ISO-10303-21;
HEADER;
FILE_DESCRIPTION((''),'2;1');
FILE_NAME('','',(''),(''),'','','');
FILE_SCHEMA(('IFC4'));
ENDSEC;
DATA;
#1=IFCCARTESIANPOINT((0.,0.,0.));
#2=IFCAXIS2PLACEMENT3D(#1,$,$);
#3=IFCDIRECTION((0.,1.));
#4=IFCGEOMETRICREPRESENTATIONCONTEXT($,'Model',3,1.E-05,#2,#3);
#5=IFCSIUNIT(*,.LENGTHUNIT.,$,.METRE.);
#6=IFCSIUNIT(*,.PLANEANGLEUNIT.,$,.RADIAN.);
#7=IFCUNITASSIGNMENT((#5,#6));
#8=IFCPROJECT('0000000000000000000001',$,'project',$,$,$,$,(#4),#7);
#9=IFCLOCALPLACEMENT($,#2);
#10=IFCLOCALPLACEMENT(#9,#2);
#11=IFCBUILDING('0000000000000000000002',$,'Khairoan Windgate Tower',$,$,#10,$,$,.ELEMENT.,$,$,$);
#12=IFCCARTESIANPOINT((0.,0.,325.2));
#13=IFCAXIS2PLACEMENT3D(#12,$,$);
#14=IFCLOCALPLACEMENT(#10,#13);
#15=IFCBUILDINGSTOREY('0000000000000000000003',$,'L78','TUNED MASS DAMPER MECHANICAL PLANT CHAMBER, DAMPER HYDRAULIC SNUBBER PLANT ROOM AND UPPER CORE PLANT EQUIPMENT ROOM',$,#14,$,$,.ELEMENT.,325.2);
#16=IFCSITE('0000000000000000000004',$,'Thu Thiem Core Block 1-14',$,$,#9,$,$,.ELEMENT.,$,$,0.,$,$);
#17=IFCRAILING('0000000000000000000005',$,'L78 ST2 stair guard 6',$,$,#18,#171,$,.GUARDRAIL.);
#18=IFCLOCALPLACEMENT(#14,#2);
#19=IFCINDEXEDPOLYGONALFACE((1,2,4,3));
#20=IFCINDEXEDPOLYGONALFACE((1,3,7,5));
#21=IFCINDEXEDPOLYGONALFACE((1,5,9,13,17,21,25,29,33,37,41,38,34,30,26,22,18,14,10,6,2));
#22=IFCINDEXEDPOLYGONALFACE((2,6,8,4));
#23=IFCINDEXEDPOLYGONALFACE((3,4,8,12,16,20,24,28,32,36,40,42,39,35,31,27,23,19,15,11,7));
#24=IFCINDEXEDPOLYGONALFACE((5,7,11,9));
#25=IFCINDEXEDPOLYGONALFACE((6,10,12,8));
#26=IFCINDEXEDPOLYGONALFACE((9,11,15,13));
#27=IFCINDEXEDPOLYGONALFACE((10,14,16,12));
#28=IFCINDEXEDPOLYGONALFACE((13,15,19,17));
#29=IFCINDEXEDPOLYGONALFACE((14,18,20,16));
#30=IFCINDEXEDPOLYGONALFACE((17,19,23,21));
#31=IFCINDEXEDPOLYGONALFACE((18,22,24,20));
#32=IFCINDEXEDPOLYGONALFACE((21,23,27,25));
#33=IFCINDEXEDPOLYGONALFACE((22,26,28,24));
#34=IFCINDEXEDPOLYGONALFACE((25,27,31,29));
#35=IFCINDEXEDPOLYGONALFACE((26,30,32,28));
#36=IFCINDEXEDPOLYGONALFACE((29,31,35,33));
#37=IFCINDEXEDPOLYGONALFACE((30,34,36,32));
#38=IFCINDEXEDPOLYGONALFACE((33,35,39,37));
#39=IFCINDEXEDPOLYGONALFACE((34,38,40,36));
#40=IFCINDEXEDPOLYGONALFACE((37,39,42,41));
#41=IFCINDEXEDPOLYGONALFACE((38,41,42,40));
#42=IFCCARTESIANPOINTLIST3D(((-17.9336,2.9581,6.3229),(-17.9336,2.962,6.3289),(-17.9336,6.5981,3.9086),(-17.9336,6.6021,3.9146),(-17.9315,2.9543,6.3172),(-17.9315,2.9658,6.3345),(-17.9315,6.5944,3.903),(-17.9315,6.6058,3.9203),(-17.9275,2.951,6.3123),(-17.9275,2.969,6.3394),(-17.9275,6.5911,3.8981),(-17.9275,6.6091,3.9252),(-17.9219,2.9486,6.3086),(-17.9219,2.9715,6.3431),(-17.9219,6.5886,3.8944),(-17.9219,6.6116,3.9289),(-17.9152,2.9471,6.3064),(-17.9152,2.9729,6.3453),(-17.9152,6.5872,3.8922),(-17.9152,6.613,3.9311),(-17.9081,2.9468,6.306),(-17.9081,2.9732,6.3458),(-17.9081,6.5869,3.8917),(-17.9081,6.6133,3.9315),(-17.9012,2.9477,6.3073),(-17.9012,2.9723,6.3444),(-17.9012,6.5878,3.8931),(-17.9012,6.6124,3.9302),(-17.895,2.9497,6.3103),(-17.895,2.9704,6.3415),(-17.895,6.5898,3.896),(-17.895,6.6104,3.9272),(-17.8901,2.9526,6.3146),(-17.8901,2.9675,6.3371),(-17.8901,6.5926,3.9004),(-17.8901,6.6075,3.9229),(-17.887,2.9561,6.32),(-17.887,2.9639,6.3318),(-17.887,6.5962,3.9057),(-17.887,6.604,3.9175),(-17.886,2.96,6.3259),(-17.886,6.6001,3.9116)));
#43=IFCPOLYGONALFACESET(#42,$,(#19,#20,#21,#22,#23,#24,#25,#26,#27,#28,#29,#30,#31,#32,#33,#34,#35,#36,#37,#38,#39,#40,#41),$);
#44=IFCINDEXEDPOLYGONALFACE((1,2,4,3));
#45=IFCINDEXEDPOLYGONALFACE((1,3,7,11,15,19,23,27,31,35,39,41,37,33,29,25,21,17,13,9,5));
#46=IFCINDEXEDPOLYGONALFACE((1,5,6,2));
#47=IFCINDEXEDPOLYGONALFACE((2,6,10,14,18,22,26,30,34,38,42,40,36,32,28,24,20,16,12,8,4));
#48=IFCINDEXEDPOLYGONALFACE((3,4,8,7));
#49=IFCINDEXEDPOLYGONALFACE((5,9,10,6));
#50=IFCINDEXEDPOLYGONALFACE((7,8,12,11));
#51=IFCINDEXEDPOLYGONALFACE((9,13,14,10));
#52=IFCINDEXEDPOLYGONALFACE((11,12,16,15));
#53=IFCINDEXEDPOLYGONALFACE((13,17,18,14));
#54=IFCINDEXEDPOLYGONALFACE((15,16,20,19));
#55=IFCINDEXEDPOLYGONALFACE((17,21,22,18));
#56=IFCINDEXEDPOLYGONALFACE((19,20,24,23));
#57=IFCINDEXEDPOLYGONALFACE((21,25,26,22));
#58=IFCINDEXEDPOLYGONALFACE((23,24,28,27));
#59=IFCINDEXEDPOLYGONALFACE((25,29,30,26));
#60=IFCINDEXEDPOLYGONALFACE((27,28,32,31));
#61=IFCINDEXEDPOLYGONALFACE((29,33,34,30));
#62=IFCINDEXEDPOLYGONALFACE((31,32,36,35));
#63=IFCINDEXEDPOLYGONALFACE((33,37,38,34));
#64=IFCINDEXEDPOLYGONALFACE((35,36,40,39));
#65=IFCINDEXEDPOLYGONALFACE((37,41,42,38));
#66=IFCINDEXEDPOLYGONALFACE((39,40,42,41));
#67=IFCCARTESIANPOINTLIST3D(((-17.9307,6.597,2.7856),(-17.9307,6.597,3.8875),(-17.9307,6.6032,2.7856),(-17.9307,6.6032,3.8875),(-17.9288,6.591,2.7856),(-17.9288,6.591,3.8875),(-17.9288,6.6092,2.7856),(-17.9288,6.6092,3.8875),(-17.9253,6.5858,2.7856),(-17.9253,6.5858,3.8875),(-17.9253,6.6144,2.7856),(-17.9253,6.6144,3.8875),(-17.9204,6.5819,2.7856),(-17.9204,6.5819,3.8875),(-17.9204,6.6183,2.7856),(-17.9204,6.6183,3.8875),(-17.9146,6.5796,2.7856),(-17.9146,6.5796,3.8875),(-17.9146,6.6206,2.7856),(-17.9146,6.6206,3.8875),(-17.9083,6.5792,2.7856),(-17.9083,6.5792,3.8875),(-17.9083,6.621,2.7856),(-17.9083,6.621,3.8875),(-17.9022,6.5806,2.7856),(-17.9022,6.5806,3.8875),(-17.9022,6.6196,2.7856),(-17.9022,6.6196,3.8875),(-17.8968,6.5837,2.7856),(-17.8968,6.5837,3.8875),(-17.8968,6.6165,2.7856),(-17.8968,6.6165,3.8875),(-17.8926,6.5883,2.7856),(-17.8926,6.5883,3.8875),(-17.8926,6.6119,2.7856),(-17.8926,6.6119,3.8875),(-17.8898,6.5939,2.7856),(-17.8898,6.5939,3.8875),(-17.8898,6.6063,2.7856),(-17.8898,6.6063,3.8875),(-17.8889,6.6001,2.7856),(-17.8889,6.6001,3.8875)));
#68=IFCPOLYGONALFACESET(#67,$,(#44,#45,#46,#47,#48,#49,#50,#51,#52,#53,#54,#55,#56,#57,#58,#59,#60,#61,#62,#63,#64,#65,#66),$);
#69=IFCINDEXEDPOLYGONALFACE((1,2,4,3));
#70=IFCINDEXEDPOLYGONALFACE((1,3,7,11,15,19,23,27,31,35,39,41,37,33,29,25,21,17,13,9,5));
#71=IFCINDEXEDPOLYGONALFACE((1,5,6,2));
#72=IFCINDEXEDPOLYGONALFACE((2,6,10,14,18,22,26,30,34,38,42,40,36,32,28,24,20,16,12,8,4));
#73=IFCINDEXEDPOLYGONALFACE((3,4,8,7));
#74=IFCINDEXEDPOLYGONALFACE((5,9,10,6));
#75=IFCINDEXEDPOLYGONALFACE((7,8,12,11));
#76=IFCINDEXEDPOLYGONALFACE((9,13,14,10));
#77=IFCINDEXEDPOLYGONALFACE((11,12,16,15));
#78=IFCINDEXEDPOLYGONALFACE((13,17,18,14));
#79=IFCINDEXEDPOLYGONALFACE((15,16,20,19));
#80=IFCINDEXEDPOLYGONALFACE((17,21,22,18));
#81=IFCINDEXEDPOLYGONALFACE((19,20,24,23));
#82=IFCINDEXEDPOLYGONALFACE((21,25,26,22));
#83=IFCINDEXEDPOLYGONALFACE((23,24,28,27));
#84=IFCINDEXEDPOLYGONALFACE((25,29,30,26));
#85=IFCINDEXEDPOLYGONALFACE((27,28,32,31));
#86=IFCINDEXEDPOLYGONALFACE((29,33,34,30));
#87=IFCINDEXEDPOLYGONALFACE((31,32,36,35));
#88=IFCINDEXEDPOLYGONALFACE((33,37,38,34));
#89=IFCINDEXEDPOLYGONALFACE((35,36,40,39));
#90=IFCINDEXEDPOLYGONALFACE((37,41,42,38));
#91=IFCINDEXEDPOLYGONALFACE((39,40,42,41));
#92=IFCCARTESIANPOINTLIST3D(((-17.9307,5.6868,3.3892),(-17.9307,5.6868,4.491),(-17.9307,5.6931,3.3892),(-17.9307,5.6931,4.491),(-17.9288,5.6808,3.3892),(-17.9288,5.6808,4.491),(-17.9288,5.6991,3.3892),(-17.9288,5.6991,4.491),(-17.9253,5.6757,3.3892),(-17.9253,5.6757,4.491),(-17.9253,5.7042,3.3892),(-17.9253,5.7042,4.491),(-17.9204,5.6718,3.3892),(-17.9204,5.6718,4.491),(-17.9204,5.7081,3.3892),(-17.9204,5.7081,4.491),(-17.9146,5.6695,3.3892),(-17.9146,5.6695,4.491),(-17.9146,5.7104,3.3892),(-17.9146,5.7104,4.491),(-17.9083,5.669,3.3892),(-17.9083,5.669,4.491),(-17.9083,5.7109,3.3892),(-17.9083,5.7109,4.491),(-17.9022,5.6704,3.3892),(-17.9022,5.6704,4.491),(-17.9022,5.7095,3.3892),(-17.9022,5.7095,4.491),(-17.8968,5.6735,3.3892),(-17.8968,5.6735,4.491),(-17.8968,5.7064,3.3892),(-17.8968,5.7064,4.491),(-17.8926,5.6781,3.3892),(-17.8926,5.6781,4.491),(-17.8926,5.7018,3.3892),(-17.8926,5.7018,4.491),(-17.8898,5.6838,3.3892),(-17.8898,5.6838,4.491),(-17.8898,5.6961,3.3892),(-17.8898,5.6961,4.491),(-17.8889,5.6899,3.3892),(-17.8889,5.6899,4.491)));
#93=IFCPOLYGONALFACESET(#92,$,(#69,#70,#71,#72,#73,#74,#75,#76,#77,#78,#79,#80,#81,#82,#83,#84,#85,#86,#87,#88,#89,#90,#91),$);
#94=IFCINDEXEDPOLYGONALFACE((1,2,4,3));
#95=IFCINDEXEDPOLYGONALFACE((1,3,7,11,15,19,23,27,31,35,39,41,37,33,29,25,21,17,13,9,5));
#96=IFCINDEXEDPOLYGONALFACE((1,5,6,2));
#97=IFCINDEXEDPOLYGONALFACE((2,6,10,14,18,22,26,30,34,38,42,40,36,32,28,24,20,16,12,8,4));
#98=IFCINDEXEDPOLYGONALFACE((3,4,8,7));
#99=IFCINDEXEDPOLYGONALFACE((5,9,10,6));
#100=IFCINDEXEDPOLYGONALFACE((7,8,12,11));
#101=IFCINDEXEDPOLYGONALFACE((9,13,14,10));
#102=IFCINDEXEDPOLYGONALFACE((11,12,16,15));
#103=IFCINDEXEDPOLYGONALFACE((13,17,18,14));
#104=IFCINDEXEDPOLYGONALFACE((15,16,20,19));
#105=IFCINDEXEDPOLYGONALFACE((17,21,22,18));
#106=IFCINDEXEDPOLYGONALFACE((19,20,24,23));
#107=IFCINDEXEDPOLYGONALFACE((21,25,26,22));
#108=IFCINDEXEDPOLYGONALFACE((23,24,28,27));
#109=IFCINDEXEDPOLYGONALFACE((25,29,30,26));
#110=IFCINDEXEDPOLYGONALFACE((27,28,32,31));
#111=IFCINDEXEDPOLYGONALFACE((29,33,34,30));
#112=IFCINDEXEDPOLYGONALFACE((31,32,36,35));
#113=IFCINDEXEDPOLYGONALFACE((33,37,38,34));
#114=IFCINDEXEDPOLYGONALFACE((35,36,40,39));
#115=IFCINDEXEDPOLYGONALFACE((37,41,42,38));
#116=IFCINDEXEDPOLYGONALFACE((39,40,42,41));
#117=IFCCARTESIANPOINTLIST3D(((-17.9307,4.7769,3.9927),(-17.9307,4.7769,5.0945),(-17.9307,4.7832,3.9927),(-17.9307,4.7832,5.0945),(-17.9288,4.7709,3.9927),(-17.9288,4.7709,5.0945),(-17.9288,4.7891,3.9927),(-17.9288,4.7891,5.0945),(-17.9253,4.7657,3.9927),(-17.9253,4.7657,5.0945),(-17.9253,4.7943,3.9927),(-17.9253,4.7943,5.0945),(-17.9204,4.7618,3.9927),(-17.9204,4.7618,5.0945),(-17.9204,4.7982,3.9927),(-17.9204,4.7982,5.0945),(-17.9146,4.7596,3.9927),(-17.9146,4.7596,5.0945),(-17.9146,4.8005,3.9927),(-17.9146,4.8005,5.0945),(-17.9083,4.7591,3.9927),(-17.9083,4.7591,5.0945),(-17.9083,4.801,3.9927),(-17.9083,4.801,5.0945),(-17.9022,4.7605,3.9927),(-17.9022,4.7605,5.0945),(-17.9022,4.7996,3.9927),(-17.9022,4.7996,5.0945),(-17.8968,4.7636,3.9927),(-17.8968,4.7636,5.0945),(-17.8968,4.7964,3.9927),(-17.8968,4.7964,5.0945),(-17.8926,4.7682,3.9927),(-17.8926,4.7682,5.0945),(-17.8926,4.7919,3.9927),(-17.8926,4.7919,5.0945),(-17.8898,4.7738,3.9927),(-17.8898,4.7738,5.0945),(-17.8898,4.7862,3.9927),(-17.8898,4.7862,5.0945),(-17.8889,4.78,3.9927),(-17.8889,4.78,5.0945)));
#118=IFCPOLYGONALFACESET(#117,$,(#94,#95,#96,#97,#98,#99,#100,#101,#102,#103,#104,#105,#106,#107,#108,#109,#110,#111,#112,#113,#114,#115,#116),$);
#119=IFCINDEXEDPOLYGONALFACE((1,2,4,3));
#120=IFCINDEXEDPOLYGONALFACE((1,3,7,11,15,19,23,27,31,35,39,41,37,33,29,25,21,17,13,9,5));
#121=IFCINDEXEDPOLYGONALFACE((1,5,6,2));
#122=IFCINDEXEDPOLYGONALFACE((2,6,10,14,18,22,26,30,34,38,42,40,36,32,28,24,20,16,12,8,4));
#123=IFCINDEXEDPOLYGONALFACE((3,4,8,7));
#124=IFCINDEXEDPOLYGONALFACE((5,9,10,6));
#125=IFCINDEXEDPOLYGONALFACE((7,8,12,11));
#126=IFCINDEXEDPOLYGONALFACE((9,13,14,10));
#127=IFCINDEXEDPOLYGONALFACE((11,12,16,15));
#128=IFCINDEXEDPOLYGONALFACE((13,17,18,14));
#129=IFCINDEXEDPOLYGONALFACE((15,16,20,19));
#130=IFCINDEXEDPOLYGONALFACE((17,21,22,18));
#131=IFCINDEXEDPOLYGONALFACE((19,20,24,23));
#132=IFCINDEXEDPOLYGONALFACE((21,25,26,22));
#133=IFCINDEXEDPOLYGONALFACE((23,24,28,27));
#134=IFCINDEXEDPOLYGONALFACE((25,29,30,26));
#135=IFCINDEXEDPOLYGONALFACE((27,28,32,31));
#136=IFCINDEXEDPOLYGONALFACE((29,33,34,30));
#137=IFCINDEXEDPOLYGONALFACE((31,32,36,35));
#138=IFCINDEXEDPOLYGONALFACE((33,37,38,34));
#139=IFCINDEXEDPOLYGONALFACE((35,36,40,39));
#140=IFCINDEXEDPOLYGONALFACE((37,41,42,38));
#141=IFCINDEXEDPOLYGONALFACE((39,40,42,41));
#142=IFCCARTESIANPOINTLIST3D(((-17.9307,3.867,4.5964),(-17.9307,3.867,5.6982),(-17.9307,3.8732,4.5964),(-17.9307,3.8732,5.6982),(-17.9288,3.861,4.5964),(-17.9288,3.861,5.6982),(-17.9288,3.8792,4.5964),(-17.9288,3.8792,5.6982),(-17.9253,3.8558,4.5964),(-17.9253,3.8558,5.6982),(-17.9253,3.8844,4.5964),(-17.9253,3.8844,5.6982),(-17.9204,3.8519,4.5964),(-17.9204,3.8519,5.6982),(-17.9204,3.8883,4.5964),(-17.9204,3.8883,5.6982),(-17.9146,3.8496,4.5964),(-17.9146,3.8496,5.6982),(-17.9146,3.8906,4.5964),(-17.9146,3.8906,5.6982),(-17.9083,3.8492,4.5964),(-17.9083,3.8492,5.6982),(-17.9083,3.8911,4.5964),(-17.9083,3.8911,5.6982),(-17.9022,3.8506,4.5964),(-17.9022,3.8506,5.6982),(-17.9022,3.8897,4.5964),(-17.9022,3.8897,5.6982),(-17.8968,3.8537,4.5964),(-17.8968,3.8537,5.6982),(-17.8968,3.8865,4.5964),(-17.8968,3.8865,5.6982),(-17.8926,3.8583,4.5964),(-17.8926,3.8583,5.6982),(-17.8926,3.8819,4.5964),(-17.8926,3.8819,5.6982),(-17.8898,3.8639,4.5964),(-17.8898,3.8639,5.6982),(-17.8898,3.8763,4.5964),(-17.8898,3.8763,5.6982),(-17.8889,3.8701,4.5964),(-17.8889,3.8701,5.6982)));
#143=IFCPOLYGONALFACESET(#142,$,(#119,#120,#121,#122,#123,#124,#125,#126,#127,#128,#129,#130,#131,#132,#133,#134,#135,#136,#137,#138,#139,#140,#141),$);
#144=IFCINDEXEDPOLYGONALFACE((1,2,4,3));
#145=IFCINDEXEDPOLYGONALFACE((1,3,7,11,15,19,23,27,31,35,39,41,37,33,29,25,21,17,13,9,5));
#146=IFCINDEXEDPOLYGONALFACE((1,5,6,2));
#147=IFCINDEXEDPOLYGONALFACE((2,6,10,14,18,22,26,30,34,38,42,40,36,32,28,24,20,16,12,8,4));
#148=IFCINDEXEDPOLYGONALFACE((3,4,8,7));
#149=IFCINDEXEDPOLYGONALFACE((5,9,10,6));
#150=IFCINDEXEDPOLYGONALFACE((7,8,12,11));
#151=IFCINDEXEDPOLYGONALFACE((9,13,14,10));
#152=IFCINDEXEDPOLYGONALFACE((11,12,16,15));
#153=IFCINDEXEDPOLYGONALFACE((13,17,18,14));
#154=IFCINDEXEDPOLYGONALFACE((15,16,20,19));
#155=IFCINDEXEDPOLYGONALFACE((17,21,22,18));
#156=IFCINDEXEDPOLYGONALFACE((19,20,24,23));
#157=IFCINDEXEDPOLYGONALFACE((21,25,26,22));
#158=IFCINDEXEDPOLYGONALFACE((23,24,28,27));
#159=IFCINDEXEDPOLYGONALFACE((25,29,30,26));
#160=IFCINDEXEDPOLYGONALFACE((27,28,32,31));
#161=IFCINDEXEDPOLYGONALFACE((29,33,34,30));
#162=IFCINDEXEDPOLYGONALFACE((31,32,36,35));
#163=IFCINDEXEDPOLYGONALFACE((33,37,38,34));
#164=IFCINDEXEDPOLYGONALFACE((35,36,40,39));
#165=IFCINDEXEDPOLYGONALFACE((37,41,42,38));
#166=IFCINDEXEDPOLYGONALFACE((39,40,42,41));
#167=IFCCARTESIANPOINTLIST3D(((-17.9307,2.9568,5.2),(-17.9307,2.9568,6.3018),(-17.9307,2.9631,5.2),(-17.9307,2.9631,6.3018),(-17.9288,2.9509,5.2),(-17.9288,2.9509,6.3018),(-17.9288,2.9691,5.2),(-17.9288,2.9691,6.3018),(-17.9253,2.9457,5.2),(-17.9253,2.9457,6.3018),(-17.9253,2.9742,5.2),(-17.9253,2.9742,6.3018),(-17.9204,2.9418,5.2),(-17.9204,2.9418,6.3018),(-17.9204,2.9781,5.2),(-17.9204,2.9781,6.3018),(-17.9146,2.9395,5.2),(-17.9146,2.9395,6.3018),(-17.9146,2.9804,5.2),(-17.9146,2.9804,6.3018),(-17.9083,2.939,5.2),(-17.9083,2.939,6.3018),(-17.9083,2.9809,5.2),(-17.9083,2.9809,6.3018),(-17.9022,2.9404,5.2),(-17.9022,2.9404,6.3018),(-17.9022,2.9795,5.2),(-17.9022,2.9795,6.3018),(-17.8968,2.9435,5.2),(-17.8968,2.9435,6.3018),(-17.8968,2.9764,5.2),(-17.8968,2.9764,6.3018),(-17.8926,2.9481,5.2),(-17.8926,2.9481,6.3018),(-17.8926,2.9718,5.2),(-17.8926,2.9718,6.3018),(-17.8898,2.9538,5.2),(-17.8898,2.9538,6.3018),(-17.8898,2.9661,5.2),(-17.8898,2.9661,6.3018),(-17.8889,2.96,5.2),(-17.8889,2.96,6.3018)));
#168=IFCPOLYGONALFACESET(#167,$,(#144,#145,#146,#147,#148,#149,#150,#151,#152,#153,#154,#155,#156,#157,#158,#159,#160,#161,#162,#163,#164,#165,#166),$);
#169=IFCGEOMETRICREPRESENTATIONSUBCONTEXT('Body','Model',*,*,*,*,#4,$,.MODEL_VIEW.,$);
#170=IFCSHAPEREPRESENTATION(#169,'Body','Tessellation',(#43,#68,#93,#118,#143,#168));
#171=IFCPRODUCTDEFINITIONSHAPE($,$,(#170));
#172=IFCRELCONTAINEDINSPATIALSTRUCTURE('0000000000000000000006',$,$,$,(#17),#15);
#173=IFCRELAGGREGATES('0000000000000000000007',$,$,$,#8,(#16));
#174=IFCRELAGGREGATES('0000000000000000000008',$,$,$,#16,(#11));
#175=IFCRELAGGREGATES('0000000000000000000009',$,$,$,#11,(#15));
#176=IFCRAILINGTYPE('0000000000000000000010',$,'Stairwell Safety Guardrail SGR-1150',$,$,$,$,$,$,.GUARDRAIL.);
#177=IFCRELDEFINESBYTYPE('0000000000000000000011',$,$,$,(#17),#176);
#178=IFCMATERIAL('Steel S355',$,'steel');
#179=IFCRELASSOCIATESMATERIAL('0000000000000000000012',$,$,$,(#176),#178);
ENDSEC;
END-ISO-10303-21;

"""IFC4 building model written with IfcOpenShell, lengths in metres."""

from ifc_helpers import new_model, si_unit, direction, frame, origin, origin_2d, place, context, subcontext, project, spatial, circle, extrude, material, type_object, element, save


model = new_model("IFC4")

# Units and contexts
model_context = context("Model", 3, precision=1e-05, world=origin(), true_north=direction((0.0, 1.0)))
body_context = subcontext(model_context, "Body", "Model", "MODEL_VIEW")
ifc_project = project(units=[si_unit("LENGTHUNIT", "METRE"), si_unit("PLANEANGLEUNIT", "RADIAN")], contexts=[model_context])

# Site, building, storey
site_placement = place(None, origin())
site = spatial("IfcSite", under=ifc_project, at=site_placement, Name="Thu Thiem Core Block 1-14", CompositionType="ELEMENT", RefElevation=0.0)
building_placement = place(site_placement, origin())
building = spatial("IfcBuilding", under=site, at=building_placement, Name="Khairoan Windgate Tower", CompositionType="ELEMENT")
storey_placement = place(building_placement, frame((0.0, 0.0, 325.2)))
storey = spatial("IfcBuildingStorey", under=building, at=storey_placement, Name="L78", Description="TUNED MASS DAMPER MECHANICAL PLANT CHAMBER, DAMPER HYDRAULIC SNUBBER PLANT ROOM AND UPPER CORE PLANT EQUIPMENT ROOM", CompositionType="ELEMENT", Elevation=325.2)

# Railing
ifc_material_1 = material(Name="Steel S355", Category="steel")
railing_type_1 = type_object("IfcRailingType", Name="Stairwell Safety Guardrail SGR-1150", PredefinedType="GUARDRAIL", material=ifc_material_1)
railing_1_placement = place(storey_placement, frame((-17.9099, 6.6001, 2.7856)))
element("IfcRailing", 1, at=railing_1_placement, inside=storey, type_object=railing_type_1, Name="L78 ST2 stair guard 6", PredefinedType="GUARDRAIL", context=body_context, shape_type="SweptSolid", body=[
    extrude(circle(Radius=0.0239, at=origin_2d()), frame((0.0, 0.0, 1.126), z_axis=(0.0, -0.833364, 0.552725), x_axis=(1.0, 0.0, 0.0)), (0.0, 0.0, 1.0), 4.3679),
    extrude(circle(Radius=0.021, at=origin_2d()), origin(), (0.0, 0.0, 1.0), 1.1018),
    extrude(circle(Radius=0.021, at=origin_2d()), frame((0.0, -0.9102, 0.6035)), (0.0, 0.0, 1.0), 1.1018),
    extrude(circle(Radius=0.021, at=origin_2d()), frame((0.0, -1.8201, 1.207)), (0.0, 0.0, 1.0), 1.1018),
    extrude(circle(Radius=0.021, at=origin_2d()), frame((0.0, -2.73, 1.8108)), (0.0, 0.0, 1.0), 1.1018),
    extrude(circle(Radius=0.021, at=origin_2d()), frame((0.0, -3.6401, 2.4143)), (0.0, 0.0, 1.0), 1.1018),
])

save(model, "model.ifc")
